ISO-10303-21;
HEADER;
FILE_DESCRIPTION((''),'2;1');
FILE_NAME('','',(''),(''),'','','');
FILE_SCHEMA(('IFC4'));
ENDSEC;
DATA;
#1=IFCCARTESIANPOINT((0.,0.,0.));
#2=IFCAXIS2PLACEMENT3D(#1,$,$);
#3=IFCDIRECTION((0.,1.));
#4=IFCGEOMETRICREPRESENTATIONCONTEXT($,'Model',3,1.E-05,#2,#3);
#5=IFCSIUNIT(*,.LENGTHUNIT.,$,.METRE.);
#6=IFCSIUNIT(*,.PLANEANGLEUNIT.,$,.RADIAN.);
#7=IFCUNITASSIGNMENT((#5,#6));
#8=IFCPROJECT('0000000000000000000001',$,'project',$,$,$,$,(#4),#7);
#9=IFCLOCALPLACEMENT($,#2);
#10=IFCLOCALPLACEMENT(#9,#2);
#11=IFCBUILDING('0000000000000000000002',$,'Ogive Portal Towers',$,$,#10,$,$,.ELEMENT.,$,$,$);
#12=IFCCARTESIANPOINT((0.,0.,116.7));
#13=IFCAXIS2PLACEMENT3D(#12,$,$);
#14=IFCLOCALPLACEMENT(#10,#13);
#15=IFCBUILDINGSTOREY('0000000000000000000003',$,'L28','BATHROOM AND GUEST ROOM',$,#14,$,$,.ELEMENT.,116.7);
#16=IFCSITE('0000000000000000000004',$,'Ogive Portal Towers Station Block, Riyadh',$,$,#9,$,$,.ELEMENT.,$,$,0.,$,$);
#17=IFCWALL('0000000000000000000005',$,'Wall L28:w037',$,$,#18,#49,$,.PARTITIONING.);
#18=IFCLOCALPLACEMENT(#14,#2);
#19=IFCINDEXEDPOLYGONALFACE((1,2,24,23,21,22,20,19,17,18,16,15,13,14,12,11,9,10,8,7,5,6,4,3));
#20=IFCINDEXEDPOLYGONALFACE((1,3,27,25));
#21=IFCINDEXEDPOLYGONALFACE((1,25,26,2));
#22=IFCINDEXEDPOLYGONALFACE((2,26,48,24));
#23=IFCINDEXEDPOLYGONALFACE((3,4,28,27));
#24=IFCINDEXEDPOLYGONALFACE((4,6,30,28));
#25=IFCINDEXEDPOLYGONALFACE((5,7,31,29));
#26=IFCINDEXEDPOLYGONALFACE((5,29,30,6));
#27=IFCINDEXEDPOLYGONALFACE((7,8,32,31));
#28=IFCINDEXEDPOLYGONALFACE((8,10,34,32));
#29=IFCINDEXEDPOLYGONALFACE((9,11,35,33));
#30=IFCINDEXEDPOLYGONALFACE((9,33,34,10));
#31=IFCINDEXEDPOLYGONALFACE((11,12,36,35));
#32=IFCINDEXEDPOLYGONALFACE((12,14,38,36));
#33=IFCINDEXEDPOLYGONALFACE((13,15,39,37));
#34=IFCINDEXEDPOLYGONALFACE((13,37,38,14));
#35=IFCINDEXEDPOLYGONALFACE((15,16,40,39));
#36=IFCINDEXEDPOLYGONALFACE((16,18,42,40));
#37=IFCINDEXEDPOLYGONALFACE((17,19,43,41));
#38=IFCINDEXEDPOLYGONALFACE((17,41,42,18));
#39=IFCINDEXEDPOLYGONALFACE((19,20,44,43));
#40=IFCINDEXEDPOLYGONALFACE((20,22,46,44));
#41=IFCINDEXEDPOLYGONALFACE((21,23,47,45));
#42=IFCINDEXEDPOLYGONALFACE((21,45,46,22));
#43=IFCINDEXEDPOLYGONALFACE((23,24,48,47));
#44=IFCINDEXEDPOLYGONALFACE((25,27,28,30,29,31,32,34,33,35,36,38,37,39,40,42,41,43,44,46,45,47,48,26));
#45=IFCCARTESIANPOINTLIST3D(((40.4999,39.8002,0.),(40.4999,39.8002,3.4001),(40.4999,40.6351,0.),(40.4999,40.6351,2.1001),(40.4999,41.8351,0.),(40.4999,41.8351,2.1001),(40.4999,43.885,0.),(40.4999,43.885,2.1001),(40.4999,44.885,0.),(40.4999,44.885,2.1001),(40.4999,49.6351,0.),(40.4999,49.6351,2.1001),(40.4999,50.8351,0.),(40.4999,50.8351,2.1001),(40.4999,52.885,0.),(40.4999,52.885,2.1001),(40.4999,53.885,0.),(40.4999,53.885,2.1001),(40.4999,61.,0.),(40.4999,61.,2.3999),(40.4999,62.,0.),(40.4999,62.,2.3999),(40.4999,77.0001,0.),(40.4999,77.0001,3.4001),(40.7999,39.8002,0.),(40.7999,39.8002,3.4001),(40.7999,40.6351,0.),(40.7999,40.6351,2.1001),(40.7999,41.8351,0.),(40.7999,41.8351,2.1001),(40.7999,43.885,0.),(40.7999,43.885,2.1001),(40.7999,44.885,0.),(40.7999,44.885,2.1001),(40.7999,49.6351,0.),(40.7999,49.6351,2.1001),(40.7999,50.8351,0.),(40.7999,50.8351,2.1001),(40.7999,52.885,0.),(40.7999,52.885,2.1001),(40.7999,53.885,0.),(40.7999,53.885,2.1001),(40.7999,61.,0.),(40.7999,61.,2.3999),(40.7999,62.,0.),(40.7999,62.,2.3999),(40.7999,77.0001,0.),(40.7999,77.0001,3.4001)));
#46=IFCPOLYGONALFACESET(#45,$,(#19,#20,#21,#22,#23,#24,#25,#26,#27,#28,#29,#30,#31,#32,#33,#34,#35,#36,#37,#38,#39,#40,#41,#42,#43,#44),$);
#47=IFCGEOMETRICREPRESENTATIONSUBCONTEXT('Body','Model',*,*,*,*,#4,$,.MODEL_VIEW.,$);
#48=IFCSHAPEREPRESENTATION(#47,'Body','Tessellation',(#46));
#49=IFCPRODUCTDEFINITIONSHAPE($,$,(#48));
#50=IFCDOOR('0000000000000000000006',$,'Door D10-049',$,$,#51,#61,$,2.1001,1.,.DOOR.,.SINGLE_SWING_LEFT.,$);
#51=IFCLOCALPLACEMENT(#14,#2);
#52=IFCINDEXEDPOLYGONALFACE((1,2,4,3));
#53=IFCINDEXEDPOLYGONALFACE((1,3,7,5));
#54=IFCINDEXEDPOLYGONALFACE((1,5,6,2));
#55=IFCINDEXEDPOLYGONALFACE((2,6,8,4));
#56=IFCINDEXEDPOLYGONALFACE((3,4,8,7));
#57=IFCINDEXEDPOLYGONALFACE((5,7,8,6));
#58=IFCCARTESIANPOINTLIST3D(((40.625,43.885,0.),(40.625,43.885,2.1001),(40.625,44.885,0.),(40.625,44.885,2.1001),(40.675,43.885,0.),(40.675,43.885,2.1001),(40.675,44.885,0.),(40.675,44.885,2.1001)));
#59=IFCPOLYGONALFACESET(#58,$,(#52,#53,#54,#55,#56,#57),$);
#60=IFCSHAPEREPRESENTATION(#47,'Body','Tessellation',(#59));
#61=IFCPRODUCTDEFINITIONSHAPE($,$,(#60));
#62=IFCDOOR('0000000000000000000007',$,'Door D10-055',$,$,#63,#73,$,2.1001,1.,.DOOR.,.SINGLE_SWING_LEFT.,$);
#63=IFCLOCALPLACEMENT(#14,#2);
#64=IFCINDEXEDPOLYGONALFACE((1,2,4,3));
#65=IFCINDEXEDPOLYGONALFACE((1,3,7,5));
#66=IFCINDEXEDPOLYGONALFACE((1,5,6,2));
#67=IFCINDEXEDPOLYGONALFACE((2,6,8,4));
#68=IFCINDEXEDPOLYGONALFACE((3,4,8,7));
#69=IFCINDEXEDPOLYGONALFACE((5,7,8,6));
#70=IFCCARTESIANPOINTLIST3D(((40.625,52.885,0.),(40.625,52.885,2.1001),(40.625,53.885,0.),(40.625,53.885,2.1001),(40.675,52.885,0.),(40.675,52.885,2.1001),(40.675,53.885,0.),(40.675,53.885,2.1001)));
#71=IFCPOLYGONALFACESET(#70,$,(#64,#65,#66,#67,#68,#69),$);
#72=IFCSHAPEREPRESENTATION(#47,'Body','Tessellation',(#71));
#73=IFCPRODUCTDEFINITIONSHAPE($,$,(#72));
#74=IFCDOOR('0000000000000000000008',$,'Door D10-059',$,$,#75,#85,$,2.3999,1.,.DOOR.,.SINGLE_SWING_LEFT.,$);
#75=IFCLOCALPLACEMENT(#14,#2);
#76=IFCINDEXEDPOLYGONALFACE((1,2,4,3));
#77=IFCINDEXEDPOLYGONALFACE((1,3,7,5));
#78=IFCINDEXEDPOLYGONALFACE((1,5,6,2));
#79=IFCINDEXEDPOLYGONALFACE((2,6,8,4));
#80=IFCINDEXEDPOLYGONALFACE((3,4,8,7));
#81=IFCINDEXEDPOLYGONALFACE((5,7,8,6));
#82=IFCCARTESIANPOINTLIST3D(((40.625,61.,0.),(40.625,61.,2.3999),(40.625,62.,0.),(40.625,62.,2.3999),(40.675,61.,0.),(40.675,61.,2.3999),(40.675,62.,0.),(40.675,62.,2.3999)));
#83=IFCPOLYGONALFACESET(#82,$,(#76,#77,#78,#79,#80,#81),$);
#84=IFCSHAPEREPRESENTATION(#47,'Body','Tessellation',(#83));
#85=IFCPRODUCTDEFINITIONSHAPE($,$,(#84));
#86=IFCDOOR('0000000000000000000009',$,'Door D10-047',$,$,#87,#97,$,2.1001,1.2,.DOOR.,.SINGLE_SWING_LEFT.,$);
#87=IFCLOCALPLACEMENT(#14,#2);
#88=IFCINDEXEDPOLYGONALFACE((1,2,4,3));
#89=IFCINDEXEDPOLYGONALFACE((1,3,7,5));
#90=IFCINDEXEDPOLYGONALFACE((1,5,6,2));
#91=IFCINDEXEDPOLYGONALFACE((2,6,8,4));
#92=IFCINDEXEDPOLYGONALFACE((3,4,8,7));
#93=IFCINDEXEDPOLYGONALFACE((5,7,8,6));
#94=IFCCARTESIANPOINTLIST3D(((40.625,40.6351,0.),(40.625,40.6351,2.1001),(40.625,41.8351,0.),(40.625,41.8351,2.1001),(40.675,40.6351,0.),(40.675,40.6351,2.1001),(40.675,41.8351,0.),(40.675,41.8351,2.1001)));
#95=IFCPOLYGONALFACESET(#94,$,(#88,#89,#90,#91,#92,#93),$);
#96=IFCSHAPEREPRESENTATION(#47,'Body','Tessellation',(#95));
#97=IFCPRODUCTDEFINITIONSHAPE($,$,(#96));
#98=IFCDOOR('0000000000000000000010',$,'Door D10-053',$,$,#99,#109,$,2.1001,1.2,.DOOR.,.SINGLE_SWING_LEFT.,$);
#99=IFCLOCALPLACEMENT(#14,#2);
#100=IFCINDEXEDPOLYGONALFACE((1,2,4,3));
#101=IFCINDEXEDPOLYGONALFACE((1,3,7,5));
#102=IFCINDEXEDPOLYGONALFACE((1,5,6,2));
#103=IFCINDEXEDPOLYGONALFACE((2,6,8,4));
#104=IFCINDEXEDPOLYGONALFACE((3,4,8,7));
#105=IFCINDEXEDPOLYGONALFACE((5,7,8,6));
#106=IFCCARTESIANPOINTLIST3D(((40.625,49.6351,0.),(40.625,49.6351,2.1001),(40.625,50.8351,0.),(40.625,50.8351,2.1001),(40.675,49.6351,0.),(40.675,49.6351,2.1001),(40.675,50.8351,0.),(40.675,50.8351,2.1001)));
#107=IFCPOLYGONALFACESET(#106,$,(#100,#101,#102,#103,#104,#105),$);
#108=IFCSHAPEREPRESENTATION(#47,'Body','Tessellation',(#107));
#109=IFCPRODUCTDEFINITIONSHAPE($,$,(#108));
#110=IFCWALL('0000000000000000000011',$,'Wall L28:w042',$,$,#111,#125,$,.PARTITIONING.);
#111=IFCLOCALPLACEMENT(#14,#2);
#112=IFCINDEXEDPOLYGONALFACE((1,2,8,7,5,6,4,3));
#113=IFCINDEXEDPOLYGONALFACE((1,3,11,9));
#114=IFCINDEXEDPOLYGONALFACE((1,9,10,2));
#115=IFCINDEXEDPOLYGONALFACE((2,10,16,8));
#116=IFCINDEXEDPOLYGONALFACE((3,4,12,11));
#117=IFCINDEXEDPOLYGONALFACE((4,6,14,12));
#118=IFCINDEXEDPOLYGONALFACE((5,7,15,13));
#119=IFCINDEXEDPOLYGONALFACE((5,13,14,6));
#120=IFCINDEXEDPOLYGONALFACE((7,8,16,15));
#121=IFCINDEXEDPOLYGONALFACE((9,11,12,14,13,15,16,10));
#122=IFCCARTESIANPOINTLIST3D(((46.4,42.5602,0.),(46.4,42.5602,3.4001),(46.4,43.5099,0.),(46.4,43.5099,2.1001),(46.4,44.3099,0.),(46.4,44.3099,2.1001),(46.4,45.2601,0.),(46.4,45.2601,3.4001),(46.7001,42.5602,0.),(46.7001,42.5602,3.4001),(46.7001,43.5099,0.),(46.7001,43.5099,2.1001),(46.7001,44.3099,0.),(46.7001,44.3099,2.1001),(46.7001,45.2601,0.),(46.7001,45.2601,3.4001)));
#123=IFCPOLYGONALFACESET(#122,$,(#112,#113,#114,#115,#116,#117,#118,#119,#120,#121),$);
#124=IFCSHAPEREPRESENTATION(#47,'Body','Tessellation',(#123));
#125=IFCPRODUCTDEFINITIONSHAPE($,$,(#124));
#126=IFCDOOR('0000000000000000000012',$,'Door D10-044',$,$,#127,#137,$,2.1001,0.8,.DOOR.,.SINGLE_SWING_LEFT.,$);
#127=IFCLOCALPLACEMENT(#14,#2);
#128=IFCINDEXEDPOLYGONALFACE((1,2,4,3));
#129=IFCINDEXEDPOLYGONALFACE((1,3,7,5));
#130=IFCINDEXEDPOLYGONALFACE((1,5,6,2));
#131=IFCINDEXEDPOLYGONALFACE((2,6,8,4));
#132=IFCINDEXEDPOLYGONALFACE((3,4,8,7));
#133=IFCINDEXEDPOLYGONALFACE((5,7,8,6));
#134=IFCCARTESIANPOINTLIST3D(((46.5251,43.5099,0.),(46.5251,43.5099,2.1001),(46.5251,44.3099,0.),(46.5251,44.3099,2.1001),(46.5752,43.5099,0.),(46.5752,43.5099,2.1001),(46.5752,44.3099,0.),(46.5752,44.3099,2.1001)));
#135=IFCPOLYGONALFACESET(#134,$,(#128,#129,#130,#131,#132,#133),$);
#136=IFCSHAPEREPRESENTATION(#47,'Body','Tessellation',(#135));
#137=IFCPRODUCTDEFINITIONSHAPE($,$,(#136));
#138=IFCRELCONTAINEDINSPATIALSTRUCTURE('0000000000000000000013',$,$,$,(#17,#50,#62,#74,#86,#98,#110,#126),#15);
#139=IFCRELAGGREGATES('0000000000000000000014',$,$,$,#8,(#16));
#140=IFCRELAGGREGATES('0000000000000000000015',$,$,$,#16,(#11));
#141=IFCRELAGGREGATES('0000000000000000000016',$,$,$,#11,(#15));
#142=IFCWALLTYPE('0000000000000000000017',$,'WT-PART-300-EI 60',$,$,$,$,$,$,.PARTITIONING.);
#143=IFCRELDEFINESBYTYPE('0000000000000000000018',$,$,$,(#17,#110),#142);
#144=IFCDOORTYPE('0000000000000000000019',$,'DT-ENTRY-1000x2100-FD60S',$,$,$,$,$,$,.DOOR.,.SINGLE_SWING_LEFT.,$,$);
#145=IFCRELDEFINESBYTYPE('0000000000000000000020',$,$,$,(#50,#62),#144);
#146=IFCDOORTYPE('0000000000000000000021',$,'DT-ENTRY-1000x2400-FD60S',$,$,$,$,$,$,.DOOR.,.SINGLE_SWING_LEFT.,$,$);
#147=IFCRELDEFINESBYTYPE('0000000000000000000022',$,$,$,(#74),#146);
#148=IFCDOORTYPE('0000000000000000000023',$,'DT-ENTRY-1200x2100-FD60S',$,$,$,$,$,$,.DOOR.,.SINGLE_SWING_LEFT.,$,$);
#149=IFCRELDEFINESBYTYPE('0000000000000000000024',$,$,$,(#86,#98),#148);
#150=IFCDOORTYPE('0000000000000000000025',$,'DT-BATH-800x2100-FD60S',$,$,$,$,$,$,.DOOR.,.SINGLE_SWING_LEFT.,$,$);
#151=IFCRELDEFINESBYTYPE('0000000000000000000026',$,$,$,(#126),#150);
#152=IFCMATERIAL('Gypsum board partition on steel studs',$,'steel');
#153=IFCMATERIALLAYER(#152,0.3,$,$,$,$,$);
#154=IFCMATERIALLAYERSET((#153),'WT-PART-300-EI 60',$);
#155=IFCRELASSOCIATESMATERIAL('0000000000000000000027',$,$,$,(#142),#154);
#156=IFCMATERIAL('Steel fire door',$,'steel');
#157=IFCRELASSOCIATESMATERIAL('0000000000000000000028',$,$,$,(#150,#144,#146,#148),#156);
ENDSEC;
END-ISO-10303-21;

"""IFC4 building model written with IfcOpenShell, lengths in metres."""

from ifc_helpers import new_model, si_unit, direction, frame, frame_2d, origin, place, context, subcontext, project, spatial, rectangle, extrude, material, layer, layer_set, type_object, element, fill, save


model = new_model("IFC4")

# Units and contexts
model_context = context("Model", 3, precision=1e-05, world=origin(), true_north=direction((0.0, 1.0)))
body_context = subcontext(model_context, "Body", "Model", "MODEL_VIEW")
ifc_project = project(units=[si_unit("LENGTHUNIT", "METRE"), si_unit("PLANEANGLEUNIT", "RADIAN")], contexts=[model_context])

# Site, building, storey
site_placement = place(None, origin())
site = spatial("IfcSite", under=ifc_project, at=site_placement, Name="Ogive Portal Towers Station Block, Riyadh", CompositionType="ELEMENT", RefElevation=0.0)
building_placement = place(site_placement, origin())
building = spatial("IfcBuilding", under=site, at=building_placement, Name="Ogive Portal Towers", CompositionType="ELEMENT")
storey_placement = place(building_placement, frame((0.0, 0.0, 116.7)))
storey = spatial("IfcBuildingStorey", under=building, at=storey_placement, Name="L28", Description="BATHROOM AND GUEST ROOM", CompositionType="ELEMENT", Elevation=116.7)

# Shared definitions
ifc_material_1 = material(Name="Gypsum board partition on steel studs", Category="steel")
ifc_layer_1 = layer(ifc_material_1, 0.3)
ifc_layer_set_1 = layer_set([ifc_layer_1], Name="WT-PART-300-EI 60")
wall_type_1 = type_object("IfcWallType", Name="WT-PART-300-EI 60", PredefinedType="PARTITIONING", material=ifc_layer_set_1)

# Shared definitions
ifc_material_2 = material(Name="Steel fire door", Category="steel")
door_type_1 = type_object("IfcDoorType", Name="DT-BATH-800x2100-FD60S", OperationType="SINGLE_SWING_LEFT", PredefinedType="DOOR", material=ifc_material_2)

# Wall, openings, doors
wall_1_placement = place(storey_placement, frame((40.6499, 39.8, 0.0), z_axis=(0.0, 0.0, 1.0), x_axis=(0.0, 1.0, 0.0)))
wall_1 = element("IfcWall", 1, at=wall_1_placement, inside=storey, type_object=wall_type_1, Name="Wall L28:w037", PredefinedType="PARTITIONING", context=body_context, shape_type="SweptSolid", body=[
    extrude(rectangle(XDim=37.2, YDim=0.3, at=frame_2d((18.6001, 0.0))), origin(), (0.0, 0.0, 1.0), 3.4001),
])
opening_1_placement = place(wall_1_placement, frame((0.835, 0.0, 0.0)))
opening_1 = element("IfcOpeningElement", 2, at=opening_1_placement, cuts=wall_1, PredefinedType="OPENING", context=body_context, shape_type="SweptSolid", body=[
    extrude(rectangle(XDim=1.2, YDim=2.1001, at=frame_2d((0.6001, 1.05))), frame((0.0, 0.1602, 0.0), z_axis=(0.0, -1.0, 0.0), x_axis=(1.0, 0.0, 0.0)), (0.0, 0.0, 1.0), 0.3201),
])
opening_2_placement = place(wall_1_placement, frame((4.085, 0.0, 0.0)))
opening_2 = element("IfcOpeningElement", 3, at=opening_2_placement, cuts=wall_1, PredefinedType="OPENING", context=body_context, shape_type="SweptSolid", body=[
    extrude(rectangle(XDim=1.0, YDim=2.1001, at=frame_2d((0.5, 1.05))), frame((0.0, 0.1602, 0.0), z_axis=(0.0, -1.0, 0.0), x_axis=(1.0, 0.0, 0.0)), (0.0, 0.0, 1.0), 0.3201),
])
opening_3_placement = place(wall_1_placement, frame((9.835, 0.0, 0.0)))
opening_3 = element("IfcOpeningElement", 4, at=opening_3_placement, cuts=wall_1, PredefinedType="OPENING", context=body_context, shape_type="SweptSolid", body=[
    extrude(rectangle(XDim=1.2, YDim=2.1001, at=frame_2d((0.6001, 1.05))), frame((0.0, 0.1602, 0.0), z_axis=(0.0, -1.0, 0.0), x_axis=(1.0, 0.0, 0.0)), (0.0, 0.0, 1.0), 0.3201),
])
opening_4_placement = place(wall_1_placement, frame((13.085, 0.0, 0.0)))
opening_4 = element("IfcOpeningElement", 5, at=opening_4_placement, cuts=wall_1, PredefinedType="OPENING", context=body_context, shape_type="SweptSolid", body=[
    extrude(rectangle(XDim=1.0, YDim=2.1001, at=frame_2d((0.5, 1.05))), frame((0.0, 0.1602, 0.0), z_axis=(0.0, -1.0, 0.0), x_axis=(1.0, 0.0, 0.0)), (0.0, 0.0, 1.0), 0.3201),
])
opening_5_placement = place(wall_1_placement, frame((21.2, 0.0, 0.0)))
opening_5 = element("IfcOpeningElement", 6, at=opening_5_placement, cuts=wall_1, PredefinedType="OPENING", context=body_context, shape_type="SweptSolid", body=[
    extrude(rectangle(XDim=1.0, YDim=2.3999, at=frame_2d((0.5, 1.2))), frame((0.0, 0.1602, 0.0), z_axis=(0.0, -1.0, 0.0), x_axis=(1.0, 0.0, 0.0)), (0.0, 0.0, 1.0), 0.3201),
])
door_type_2 = type_object("IfcDoorType", Name="DT-ENTRY-1000x2100-FD60S", OperationType="SINGLE_SWING_LEFT", PredefinedType="DOOR", material=ifc_material_2)
door_1_placement = place(opening_2_placement, origin())
door_1 = element("IfcDoor", 7, at=door_1_placement, inside=storey, type_object=door_type_2, Name="Door D10-049", OperationType="SINGLE_SWING_LEFT", OverallHeight=2.1001, OverallWidth=1.0, PredefinedType="DOOR", context=body_context, shape_type="SweptSolid", body=[
    extrude(rectangle(XDim=1.0, YDim=2.1001, at=frame_2d((0.5, 1.05))), frame((0.0, 0.0249, 0.0), z_axis=(0.0, -1.0, 0.0), x_axis=(1.0, 0.0, 0.0)), (0.0, 0.0, 1.0), 0.05),
])
fill(opening_2, door_1)
door_2_placement = place(opening_4_placement, origin())
door_2 = element("IfcDoor", 8, at=door_2_placement, inside=storey, type_object=door_type_2, Name="Door D10-055", OperationType="SINGLE_SWING_LEFT", OverallHeight=2.1001, OverallWidth=1.0, PredefinedType="DOOR", context=body_context, shape_type="SweptSolid", body=[
    extrude(rectangle(XDim=1.0, YDim=2.1001, at=frame_2d((0.5, 1.05))), frame((0.0, 0.0249, 0.0), z_axis=(0.0, -1.0, 0.0), x_axis=(1.0, 0.0, 0.0)), (0.0, 0.0, 1.0), 0.05),
])
fill(opening_4, door_2)
door_type_3 = type_object("IfcDoorType", Name="DT-ENTRY-1000x2400-FD60S", OperationType="SINGLE_SWING_LEFT", PredefinedType="DOOR", material=ifc_material_2)
door_3_placement = place(opening_5_placement, origin())
door_3 = element("IfcDoor", 9, at=door_3_placement, inside=storey, type_object=door_type_3, Name="Door D10-059", OperationType="SINGLE_SWING_LEFT", OverallHeight=2.3999, OverallWidth=1.0, PredefinedType="DOOR", context=body_context, shape_type="SweptSolid", body=[
    extrude(rectangle(XDim=1.0, YDim=2.3999, at=frame_2d((0.5, 1.2))), frame((0.0, 0.0249, 0.0), z_axis=(0.0, -1.0, 0.0), x_axis=(1.0, 0.0, 0.0)), (0.0, 0.0, 1.0), 0.05),
])
fill(opening_5, door_3)
door_type_4 = type_object("IfcDoorType", Name="DT-ENTRY-1200x2100-FD60S", OperationType="SINGLE_SWING_LEFT", PredefinedType="DOOR", material=ifc_material_2)
door_4_placement = place(opening_1_placement, origin())
door_4 = element("IfcDoor", 10, at=door_4_placement, inside=storey, type_object=door_type_4, Name="Door D10-047", OperationType="SINGLE_SWING_LEFT", OverallHeight=2.1001, OverallWidth=1.2, PredefinedType="DOOR", context=body_context, shape_type="SweptSolid", body=[
    extrude(rectangle(XDim=1.2, YDim=2.1001, at=frame_2d((0.6001, 1.05))), frame((0.0, 0.0249, 0.0), z_axis=(0.0, -1.0, 0.0), x_axis=(1.0, 0.0, 0.0)), (0.0, 0.0, 1.0), 0.05),
])
fill(opening_1, door_4)
door_5_placement = place(opening_3_placement, origin())
door_5 = element("IfcDoor", 11, at=door_5_placement, inside=storey, type_object=door_type_4, Name="Door D10-053", OperationType="SINGLE_SWING_LEFT", OverallHeight=2.1001, OverallWidth=1.2, PredefinedType="DOOR", context=body_context, shape_type="SweptSolid", body=[
    extrude(rectangle(XDim=1.2, YDim=2.1001, at=frame_2d((0.6001, 1.05))), frame((0.0, 0.0249, 0.0), z_axis=(0.0, -1.0, 0.0), x_axis=(1.0, 0.0, 0.0)), (0.0, 0.0, 1.0), 0.05),
])
fill(opening_3, door_5)

# Wall, opening, door
wall_2_placement = place(storey_placement, frame((46.55, 42.5601, 0.0), z_axis=(0.0, 0.0, 1.0), x_axis=(0.0, 1.0, 0.0)))
wall_2 = element("IfcWall", 12, at=wall_2_placement, inside=storey, type_object=wall_type_1, Name="Wall L28:w042", PredefinedType="PARTITIONING", context=body_context, shape_type="SweptSolid", body=[
    extrude(rectangle(XDim=2.7, YDim=0.3, at=frame_2d((1.3501, 0.0))), origin(), (0.0, 0.0, 1.0), 3.4001),
])
opening_6_placement = place(wall_2_placement, frame((0.95, 0.0, 0.0)))
opening_6 = element("IfcOpeningElement", 13, at=opening_6_placement, cuts=wall_2, PredefinedType="OPENING", context=body_context, shape_type="SweptSolid", body=[
    extrude(rectangle(XDim=0.8, YDim=2.1001, at=frame_2d((0.3999, 1.05))), frame((0.0, 0.1602, 0.0), z_axis=(0.0, -1.0, 0.0), x_axis=(1.0, 0.0, 0.0)), (0.0, 0.0, 1.0), 0.3201),
])
door_6_placement = place(opening_6_placement, origin())
door_6 = element("IfcDoor", 14, at=door_6_placement, inside=storey, type_object=door_type_1, Name="Door D10-044", OperationType="SINGLE_SWING_LEFT", OverallHeight=2.1001, OverallWidth=0.8, PredefinedType="DOOR", context=body_context, shape_type="SweptSolid", body=[
    extrude(rectangle(XDim=0.8, YDim=2.1001, at=frame_2d((0.3999, 1.05))), frame((0.0, 0.0249, 0.0), z_axis=(0.0, -1.0, 0.0), x_axis=(1.0, 0.0, 0.0)), (0.0, 0.0, 1.0), 0.05),
])
fill(opening_6, door_6)

save(model, "model.ifc")
